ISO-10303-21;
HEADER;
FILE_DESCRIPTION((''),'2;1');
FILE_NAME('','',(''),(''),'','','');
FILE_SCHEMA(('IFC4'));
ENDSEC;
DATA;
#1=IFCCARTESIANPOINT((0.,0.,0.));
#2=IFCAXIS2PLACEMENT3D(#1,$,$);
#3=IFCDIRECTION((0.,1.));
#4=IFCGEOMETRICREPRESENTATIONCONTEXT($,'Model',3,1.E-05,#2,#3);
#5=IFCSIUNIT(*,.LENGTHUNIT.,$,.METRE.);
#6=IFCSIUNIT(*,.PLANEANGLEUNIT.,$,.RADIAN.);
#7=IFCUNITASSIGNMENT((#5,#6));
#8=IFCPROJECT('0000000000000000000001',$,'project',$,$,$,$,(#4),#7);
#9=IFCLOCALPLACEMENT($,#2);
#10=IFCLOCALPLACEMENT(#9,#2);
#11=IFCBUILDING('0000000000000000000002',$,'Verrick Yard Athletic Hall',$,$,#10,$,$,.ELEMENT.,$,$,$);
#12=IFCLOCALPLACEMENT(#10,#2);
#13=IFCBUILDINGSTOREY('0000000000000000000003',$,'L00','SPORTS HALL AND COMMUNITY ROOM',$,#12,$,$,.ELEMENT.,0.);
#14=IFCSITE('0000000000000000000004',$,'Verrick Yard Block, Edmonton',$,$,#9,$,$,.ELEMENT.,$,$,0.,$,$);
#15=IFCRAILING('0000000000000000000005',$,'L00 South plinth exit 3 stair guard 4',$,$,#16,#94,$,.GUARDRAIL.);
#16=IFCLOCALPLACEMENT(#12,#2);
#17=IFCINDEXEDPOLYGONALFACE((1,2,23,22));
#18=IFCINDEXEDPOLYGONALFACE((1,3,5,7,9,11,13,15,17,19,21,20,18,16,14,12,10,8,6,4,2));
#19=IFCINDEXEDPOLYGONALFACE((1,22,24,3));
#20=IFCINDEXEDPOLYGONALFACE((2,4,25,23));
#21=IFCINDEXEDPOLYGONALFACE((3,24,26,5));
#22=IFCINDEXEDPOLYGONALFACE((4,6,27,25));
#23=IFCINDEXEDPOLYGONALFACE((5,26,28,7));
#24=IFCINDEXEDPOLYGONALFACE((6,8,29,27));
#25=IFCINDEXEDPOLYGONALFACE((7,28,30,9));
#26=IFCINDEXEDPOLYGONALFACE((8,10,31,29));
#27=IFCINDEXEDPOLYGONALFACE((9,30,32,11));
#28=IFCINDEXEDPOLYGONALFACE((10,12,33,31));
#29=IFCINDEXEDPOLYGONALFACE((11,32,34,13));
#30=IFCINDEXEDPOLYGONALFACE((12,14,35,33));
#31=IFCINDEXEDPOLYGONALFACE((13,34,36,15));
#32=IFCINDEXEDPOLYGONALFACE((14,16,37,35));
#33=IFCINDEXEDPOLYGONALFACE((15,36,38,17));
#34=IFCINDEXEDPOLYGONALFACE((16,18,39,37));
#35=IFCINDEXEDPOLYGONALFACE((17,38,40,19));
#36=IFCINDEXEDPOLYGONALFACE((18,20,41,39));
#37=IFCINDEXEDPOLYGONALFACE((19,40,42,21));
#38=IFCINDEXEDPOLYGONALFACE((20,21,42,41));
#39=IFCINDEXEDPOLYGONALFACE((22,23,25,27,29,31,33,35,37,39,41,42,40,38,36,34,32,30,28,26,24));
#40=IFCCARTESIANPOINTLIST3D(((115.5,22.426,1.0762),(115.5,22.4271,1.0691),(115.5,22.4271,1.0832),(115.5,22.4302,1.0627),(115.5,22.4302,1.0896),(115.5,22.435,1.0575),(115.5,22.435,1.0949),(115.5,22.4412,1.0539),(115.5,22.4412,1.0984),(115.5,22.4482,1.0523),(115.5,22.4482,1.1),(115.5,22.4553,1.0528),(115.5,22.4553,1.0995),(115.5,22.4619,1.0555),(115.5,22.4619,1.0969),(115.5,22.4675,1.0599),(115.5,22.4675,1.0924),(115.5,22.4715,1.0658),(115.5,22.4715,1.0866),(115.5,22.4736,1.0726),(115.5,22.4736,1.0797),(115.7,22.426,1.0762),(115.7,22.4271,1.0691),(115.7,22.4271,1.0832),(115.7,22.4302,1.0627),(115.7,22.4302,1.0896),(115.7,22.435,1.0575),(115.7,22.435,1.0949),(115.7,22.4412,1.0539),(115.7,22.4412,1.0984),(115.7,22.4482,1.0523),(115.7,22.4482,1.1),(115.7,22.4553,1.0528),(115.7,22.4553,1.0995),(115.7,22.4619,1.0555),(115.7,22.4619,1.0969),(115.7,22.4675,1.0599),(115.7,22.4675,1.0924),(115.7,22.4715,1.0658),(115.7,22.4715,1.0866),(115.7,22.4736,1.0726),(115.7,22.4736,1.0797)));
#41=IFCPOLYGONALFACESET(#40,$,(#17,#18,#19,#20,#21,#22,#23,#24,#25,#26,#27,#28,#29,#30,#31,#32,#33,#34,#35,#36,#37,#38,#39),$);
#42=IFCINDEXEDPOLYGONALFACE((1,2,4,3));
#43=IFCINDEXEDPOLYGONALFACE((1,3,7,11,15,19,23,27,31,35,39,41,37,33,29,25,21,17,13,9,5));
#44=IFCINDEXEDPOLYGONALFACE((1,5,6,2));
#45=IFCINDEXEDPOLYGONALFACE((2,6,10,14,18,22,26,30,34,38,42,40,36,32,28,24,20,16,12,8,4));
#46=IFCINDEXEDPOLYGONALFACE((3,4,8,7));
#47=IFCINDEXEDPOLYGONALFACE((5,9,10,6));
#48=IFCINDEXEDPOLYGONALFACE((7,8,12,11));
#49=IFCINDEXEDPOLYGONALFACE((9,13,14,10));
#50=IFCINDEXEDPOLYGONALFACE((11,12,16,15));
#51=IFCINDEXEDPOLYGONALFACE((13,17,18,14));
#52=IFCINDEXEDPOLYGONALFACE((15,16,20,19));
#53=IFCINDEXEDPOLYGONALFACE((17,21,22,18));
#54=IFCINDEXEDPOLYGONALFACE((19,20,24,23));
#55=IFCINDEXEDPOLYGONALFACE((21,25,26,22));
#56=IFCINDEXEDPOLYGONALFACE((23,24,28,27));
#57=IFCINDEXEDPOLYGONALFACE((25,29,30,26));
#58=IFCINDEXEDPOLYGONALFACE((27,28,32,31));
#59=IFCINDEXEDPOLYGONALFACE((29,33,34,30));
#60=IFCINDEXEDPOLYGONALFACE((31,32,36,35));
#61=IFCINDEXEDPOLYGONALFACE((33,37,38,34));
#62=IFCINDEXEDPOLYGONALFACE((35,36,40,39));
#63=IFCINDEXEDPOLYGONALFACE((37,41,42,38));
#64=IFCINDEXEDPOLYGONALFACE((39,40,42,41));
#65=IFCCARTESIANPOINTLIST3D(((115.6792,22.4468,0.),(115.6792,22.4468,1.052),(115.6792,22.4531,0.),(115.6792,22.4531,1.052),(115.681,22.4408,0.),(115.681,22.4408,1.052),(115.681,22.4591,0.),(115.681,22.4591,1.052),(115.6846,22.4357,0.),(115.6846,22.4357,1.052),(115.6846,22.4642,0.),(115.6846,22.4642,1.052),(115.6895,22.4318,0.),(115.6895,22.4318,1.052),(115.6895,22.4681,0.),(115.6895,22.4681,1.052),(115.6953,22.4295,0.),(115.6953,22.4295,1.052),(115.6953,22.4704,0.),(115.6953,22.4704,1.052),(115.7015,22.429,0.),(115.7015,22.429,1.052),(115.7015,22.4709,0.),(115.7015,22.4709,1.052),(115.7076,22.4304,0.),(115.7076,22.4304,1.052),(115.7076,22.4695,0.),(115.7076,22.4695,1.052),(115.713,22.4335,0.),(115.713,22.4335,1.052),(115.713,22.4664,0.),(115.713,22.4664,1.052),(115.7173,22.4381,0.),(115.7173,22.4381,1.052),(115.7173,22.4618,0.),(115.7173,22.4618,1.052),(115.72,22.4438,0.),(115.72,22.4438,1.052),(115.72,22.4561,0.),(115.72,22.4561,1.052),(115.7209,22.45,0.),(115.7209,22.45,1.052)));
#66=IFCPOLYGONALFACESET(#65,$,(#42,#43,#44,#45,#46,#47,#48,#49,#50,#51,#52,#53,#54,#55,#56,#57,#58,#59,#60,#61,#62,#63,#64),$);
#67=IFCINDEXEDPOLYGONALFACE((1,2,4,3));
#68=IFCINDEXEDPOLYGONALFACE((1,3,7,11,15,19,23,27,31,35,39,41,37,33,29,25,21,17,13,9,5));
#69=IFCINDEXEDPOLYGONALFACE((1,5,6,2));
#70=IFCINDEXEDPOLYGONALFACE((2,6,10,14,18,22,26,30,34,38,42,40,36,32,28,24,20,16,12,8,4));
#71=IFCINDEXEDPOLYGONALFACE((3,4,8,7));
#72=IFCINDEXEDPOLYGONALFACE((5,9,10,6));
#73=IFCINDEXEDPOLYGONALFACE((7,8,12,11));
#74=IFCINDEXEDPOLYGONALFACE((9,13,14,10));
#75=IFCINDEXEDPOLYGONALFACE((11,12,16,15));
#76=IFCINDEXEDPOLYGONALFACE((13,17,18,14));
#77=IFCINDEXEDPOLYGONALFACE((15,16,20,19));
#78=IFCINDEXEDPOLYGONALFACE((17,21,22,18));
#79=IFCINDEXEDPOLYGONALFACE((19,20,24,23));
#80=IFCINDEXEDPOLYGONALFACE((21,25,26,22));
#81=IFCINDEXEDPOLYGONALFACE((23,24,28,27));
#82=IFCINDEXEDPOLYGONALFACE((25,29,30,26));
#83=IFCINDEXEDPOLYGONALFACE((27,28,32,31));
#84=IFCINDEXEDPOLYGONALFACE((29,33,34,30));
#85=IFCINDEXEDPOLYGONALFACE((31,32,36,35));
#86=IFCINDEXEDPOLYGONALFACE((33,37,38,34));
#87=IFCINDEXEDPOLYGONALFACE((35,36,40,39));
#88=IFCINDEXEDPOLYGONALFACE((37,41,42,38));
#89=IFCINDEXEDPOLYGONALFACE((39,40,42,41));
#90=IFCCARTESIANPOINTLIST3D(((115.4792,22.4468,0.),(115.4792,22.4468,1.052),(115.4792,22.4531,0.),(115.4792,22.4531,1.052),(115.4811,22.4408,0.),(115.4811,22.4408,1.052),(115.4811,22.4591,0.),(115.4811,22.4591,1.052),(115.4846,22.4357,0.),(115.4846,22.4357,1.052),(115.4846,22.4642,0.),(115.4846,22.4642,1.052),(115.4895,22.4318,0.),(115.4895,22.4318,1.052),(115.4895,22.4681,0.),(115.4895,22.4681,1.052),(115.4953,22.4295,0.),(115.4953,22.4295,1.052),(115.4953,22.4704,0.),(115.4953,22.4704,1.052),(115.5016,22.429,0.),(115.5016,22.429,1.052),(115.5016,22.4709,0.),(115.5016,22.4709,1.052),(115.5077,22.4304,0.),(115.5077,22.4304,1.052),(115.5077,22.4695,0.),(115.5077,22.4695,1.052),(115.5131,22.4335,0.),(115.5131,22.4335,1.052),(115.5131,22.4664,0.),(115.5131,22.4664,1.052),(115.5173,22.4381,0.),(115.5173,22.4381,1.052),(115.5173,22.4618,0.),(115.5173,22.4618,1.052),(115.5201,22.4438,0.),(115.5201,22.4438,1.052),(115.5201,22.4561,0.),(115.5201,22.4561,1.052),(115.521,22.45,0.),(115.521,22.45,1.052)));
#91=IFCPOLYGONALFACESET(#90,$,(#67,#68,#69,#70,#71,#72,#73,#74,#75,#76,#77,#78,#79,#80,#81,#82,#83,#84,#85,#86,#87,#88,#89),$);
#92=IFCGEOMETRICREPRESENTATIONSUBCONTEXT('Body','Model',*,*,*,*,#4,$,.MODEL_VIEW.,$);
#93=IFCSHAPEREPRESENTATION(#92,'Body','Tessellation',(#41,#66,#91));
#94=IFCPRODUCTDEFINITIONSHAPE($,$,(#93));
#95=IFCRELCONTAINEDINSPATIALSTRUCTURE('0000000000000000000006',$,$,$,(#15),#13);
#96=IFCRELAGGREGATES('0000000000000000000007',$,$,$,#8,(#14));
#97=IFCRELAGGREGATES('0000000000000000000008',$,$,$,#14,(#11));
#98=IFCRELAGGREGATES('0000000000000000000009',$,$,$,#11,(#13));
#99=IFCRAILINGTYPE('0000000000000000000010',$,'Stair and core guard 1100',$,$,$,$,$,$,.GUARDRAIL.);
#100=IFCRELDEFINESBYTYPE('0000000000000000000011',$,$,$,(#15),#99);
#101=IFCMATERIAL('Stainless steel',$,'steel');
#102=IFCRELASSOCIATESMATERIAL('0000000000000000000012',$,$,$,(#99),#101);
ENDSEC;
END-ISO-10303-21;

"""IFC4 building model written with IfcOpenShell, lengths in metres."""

from ifc_helpers import new_model, si_unit, direction, frame, origin, origin_2d, place, context, subcontext, project, spatial, circle, extrude, material, type_object, element, save


model = new_model("IFC4")

# Units and contexts
model_context = context("Model", 3, precision=1e-05, world=origin(), true_north=direction((0.0, 1.0)))
body_context = subcontext(model_context, "Body", "Model", "MODEL_VIEW")
ifc_project = project(units=[si_unit("LENGTHUNIT", "METRE"), si_unit("PLANEANGLEUNIT", "RADIAN")], contexts=[model_context])

# Site, building, storey
site_placement = place(None, origin())
site = spatial("IfcSite", under=ifc_project, at=site_placement, Name="Verrick Yard Block, Edmonton", CompositionType="ELEMENT", RefElevation=0.0)
building_placement = place(site_placement, origin())
building = spatial("IfcBuilding", under=site, at=building_placement, Name="Verrick Yard Athletic Hall", CompositionType="ELEMENT")
storey_placement = place(building_placement, origin())
storey = spatial("IfcBuildingStorey", under=building, at=storey_placement, Name="L00", Description="SPORTS HALL AND COMMUNITY ROOM", CompositionType="ELEMENT", Elevation=0.0)

# Railing
ifc_material_1 = material(Name="Stainless steel", Category="steel")
railing_type_1 = type_object("IfcRailingType", Name="Stair and core guard 1100", PredefinedType="GUARDRAIL", material=ifc_material_1)
railing_1_placement = place(storey_placement, frame((115.7, 22.45, 0.0)))
element("IfcRailing", 1, at=railing_1_placement, inside=storey, type_object=railing_type_1, Name="L00 South plinth exit 3 stair guard 4", PredefinedType="GUARDRAIL", context=body_context, shape_type="SweptSolid", body=[
    extrude(circle(Radius=0.0239, at=origin_2d()), frame((0.0, 0.0, 1.0762), z_axis=(-1.0, 0.0, 0.0), x_axis=(0.0, -1.0, 0.0)), (0.0, 0.0, 1.0), 0.2),
    extrude(circle(Radius=0.021, at=origin_2d()), origin(), (0.0, 0.0, 1.0), 1.052),
    extrude(circle(Radius=0.021, at=origin_2d()), frame((-0.2, 0.0, 0.0)), (0.0, 0.0, 1.0), 1.052),
])

save(model, "model.ifc")
